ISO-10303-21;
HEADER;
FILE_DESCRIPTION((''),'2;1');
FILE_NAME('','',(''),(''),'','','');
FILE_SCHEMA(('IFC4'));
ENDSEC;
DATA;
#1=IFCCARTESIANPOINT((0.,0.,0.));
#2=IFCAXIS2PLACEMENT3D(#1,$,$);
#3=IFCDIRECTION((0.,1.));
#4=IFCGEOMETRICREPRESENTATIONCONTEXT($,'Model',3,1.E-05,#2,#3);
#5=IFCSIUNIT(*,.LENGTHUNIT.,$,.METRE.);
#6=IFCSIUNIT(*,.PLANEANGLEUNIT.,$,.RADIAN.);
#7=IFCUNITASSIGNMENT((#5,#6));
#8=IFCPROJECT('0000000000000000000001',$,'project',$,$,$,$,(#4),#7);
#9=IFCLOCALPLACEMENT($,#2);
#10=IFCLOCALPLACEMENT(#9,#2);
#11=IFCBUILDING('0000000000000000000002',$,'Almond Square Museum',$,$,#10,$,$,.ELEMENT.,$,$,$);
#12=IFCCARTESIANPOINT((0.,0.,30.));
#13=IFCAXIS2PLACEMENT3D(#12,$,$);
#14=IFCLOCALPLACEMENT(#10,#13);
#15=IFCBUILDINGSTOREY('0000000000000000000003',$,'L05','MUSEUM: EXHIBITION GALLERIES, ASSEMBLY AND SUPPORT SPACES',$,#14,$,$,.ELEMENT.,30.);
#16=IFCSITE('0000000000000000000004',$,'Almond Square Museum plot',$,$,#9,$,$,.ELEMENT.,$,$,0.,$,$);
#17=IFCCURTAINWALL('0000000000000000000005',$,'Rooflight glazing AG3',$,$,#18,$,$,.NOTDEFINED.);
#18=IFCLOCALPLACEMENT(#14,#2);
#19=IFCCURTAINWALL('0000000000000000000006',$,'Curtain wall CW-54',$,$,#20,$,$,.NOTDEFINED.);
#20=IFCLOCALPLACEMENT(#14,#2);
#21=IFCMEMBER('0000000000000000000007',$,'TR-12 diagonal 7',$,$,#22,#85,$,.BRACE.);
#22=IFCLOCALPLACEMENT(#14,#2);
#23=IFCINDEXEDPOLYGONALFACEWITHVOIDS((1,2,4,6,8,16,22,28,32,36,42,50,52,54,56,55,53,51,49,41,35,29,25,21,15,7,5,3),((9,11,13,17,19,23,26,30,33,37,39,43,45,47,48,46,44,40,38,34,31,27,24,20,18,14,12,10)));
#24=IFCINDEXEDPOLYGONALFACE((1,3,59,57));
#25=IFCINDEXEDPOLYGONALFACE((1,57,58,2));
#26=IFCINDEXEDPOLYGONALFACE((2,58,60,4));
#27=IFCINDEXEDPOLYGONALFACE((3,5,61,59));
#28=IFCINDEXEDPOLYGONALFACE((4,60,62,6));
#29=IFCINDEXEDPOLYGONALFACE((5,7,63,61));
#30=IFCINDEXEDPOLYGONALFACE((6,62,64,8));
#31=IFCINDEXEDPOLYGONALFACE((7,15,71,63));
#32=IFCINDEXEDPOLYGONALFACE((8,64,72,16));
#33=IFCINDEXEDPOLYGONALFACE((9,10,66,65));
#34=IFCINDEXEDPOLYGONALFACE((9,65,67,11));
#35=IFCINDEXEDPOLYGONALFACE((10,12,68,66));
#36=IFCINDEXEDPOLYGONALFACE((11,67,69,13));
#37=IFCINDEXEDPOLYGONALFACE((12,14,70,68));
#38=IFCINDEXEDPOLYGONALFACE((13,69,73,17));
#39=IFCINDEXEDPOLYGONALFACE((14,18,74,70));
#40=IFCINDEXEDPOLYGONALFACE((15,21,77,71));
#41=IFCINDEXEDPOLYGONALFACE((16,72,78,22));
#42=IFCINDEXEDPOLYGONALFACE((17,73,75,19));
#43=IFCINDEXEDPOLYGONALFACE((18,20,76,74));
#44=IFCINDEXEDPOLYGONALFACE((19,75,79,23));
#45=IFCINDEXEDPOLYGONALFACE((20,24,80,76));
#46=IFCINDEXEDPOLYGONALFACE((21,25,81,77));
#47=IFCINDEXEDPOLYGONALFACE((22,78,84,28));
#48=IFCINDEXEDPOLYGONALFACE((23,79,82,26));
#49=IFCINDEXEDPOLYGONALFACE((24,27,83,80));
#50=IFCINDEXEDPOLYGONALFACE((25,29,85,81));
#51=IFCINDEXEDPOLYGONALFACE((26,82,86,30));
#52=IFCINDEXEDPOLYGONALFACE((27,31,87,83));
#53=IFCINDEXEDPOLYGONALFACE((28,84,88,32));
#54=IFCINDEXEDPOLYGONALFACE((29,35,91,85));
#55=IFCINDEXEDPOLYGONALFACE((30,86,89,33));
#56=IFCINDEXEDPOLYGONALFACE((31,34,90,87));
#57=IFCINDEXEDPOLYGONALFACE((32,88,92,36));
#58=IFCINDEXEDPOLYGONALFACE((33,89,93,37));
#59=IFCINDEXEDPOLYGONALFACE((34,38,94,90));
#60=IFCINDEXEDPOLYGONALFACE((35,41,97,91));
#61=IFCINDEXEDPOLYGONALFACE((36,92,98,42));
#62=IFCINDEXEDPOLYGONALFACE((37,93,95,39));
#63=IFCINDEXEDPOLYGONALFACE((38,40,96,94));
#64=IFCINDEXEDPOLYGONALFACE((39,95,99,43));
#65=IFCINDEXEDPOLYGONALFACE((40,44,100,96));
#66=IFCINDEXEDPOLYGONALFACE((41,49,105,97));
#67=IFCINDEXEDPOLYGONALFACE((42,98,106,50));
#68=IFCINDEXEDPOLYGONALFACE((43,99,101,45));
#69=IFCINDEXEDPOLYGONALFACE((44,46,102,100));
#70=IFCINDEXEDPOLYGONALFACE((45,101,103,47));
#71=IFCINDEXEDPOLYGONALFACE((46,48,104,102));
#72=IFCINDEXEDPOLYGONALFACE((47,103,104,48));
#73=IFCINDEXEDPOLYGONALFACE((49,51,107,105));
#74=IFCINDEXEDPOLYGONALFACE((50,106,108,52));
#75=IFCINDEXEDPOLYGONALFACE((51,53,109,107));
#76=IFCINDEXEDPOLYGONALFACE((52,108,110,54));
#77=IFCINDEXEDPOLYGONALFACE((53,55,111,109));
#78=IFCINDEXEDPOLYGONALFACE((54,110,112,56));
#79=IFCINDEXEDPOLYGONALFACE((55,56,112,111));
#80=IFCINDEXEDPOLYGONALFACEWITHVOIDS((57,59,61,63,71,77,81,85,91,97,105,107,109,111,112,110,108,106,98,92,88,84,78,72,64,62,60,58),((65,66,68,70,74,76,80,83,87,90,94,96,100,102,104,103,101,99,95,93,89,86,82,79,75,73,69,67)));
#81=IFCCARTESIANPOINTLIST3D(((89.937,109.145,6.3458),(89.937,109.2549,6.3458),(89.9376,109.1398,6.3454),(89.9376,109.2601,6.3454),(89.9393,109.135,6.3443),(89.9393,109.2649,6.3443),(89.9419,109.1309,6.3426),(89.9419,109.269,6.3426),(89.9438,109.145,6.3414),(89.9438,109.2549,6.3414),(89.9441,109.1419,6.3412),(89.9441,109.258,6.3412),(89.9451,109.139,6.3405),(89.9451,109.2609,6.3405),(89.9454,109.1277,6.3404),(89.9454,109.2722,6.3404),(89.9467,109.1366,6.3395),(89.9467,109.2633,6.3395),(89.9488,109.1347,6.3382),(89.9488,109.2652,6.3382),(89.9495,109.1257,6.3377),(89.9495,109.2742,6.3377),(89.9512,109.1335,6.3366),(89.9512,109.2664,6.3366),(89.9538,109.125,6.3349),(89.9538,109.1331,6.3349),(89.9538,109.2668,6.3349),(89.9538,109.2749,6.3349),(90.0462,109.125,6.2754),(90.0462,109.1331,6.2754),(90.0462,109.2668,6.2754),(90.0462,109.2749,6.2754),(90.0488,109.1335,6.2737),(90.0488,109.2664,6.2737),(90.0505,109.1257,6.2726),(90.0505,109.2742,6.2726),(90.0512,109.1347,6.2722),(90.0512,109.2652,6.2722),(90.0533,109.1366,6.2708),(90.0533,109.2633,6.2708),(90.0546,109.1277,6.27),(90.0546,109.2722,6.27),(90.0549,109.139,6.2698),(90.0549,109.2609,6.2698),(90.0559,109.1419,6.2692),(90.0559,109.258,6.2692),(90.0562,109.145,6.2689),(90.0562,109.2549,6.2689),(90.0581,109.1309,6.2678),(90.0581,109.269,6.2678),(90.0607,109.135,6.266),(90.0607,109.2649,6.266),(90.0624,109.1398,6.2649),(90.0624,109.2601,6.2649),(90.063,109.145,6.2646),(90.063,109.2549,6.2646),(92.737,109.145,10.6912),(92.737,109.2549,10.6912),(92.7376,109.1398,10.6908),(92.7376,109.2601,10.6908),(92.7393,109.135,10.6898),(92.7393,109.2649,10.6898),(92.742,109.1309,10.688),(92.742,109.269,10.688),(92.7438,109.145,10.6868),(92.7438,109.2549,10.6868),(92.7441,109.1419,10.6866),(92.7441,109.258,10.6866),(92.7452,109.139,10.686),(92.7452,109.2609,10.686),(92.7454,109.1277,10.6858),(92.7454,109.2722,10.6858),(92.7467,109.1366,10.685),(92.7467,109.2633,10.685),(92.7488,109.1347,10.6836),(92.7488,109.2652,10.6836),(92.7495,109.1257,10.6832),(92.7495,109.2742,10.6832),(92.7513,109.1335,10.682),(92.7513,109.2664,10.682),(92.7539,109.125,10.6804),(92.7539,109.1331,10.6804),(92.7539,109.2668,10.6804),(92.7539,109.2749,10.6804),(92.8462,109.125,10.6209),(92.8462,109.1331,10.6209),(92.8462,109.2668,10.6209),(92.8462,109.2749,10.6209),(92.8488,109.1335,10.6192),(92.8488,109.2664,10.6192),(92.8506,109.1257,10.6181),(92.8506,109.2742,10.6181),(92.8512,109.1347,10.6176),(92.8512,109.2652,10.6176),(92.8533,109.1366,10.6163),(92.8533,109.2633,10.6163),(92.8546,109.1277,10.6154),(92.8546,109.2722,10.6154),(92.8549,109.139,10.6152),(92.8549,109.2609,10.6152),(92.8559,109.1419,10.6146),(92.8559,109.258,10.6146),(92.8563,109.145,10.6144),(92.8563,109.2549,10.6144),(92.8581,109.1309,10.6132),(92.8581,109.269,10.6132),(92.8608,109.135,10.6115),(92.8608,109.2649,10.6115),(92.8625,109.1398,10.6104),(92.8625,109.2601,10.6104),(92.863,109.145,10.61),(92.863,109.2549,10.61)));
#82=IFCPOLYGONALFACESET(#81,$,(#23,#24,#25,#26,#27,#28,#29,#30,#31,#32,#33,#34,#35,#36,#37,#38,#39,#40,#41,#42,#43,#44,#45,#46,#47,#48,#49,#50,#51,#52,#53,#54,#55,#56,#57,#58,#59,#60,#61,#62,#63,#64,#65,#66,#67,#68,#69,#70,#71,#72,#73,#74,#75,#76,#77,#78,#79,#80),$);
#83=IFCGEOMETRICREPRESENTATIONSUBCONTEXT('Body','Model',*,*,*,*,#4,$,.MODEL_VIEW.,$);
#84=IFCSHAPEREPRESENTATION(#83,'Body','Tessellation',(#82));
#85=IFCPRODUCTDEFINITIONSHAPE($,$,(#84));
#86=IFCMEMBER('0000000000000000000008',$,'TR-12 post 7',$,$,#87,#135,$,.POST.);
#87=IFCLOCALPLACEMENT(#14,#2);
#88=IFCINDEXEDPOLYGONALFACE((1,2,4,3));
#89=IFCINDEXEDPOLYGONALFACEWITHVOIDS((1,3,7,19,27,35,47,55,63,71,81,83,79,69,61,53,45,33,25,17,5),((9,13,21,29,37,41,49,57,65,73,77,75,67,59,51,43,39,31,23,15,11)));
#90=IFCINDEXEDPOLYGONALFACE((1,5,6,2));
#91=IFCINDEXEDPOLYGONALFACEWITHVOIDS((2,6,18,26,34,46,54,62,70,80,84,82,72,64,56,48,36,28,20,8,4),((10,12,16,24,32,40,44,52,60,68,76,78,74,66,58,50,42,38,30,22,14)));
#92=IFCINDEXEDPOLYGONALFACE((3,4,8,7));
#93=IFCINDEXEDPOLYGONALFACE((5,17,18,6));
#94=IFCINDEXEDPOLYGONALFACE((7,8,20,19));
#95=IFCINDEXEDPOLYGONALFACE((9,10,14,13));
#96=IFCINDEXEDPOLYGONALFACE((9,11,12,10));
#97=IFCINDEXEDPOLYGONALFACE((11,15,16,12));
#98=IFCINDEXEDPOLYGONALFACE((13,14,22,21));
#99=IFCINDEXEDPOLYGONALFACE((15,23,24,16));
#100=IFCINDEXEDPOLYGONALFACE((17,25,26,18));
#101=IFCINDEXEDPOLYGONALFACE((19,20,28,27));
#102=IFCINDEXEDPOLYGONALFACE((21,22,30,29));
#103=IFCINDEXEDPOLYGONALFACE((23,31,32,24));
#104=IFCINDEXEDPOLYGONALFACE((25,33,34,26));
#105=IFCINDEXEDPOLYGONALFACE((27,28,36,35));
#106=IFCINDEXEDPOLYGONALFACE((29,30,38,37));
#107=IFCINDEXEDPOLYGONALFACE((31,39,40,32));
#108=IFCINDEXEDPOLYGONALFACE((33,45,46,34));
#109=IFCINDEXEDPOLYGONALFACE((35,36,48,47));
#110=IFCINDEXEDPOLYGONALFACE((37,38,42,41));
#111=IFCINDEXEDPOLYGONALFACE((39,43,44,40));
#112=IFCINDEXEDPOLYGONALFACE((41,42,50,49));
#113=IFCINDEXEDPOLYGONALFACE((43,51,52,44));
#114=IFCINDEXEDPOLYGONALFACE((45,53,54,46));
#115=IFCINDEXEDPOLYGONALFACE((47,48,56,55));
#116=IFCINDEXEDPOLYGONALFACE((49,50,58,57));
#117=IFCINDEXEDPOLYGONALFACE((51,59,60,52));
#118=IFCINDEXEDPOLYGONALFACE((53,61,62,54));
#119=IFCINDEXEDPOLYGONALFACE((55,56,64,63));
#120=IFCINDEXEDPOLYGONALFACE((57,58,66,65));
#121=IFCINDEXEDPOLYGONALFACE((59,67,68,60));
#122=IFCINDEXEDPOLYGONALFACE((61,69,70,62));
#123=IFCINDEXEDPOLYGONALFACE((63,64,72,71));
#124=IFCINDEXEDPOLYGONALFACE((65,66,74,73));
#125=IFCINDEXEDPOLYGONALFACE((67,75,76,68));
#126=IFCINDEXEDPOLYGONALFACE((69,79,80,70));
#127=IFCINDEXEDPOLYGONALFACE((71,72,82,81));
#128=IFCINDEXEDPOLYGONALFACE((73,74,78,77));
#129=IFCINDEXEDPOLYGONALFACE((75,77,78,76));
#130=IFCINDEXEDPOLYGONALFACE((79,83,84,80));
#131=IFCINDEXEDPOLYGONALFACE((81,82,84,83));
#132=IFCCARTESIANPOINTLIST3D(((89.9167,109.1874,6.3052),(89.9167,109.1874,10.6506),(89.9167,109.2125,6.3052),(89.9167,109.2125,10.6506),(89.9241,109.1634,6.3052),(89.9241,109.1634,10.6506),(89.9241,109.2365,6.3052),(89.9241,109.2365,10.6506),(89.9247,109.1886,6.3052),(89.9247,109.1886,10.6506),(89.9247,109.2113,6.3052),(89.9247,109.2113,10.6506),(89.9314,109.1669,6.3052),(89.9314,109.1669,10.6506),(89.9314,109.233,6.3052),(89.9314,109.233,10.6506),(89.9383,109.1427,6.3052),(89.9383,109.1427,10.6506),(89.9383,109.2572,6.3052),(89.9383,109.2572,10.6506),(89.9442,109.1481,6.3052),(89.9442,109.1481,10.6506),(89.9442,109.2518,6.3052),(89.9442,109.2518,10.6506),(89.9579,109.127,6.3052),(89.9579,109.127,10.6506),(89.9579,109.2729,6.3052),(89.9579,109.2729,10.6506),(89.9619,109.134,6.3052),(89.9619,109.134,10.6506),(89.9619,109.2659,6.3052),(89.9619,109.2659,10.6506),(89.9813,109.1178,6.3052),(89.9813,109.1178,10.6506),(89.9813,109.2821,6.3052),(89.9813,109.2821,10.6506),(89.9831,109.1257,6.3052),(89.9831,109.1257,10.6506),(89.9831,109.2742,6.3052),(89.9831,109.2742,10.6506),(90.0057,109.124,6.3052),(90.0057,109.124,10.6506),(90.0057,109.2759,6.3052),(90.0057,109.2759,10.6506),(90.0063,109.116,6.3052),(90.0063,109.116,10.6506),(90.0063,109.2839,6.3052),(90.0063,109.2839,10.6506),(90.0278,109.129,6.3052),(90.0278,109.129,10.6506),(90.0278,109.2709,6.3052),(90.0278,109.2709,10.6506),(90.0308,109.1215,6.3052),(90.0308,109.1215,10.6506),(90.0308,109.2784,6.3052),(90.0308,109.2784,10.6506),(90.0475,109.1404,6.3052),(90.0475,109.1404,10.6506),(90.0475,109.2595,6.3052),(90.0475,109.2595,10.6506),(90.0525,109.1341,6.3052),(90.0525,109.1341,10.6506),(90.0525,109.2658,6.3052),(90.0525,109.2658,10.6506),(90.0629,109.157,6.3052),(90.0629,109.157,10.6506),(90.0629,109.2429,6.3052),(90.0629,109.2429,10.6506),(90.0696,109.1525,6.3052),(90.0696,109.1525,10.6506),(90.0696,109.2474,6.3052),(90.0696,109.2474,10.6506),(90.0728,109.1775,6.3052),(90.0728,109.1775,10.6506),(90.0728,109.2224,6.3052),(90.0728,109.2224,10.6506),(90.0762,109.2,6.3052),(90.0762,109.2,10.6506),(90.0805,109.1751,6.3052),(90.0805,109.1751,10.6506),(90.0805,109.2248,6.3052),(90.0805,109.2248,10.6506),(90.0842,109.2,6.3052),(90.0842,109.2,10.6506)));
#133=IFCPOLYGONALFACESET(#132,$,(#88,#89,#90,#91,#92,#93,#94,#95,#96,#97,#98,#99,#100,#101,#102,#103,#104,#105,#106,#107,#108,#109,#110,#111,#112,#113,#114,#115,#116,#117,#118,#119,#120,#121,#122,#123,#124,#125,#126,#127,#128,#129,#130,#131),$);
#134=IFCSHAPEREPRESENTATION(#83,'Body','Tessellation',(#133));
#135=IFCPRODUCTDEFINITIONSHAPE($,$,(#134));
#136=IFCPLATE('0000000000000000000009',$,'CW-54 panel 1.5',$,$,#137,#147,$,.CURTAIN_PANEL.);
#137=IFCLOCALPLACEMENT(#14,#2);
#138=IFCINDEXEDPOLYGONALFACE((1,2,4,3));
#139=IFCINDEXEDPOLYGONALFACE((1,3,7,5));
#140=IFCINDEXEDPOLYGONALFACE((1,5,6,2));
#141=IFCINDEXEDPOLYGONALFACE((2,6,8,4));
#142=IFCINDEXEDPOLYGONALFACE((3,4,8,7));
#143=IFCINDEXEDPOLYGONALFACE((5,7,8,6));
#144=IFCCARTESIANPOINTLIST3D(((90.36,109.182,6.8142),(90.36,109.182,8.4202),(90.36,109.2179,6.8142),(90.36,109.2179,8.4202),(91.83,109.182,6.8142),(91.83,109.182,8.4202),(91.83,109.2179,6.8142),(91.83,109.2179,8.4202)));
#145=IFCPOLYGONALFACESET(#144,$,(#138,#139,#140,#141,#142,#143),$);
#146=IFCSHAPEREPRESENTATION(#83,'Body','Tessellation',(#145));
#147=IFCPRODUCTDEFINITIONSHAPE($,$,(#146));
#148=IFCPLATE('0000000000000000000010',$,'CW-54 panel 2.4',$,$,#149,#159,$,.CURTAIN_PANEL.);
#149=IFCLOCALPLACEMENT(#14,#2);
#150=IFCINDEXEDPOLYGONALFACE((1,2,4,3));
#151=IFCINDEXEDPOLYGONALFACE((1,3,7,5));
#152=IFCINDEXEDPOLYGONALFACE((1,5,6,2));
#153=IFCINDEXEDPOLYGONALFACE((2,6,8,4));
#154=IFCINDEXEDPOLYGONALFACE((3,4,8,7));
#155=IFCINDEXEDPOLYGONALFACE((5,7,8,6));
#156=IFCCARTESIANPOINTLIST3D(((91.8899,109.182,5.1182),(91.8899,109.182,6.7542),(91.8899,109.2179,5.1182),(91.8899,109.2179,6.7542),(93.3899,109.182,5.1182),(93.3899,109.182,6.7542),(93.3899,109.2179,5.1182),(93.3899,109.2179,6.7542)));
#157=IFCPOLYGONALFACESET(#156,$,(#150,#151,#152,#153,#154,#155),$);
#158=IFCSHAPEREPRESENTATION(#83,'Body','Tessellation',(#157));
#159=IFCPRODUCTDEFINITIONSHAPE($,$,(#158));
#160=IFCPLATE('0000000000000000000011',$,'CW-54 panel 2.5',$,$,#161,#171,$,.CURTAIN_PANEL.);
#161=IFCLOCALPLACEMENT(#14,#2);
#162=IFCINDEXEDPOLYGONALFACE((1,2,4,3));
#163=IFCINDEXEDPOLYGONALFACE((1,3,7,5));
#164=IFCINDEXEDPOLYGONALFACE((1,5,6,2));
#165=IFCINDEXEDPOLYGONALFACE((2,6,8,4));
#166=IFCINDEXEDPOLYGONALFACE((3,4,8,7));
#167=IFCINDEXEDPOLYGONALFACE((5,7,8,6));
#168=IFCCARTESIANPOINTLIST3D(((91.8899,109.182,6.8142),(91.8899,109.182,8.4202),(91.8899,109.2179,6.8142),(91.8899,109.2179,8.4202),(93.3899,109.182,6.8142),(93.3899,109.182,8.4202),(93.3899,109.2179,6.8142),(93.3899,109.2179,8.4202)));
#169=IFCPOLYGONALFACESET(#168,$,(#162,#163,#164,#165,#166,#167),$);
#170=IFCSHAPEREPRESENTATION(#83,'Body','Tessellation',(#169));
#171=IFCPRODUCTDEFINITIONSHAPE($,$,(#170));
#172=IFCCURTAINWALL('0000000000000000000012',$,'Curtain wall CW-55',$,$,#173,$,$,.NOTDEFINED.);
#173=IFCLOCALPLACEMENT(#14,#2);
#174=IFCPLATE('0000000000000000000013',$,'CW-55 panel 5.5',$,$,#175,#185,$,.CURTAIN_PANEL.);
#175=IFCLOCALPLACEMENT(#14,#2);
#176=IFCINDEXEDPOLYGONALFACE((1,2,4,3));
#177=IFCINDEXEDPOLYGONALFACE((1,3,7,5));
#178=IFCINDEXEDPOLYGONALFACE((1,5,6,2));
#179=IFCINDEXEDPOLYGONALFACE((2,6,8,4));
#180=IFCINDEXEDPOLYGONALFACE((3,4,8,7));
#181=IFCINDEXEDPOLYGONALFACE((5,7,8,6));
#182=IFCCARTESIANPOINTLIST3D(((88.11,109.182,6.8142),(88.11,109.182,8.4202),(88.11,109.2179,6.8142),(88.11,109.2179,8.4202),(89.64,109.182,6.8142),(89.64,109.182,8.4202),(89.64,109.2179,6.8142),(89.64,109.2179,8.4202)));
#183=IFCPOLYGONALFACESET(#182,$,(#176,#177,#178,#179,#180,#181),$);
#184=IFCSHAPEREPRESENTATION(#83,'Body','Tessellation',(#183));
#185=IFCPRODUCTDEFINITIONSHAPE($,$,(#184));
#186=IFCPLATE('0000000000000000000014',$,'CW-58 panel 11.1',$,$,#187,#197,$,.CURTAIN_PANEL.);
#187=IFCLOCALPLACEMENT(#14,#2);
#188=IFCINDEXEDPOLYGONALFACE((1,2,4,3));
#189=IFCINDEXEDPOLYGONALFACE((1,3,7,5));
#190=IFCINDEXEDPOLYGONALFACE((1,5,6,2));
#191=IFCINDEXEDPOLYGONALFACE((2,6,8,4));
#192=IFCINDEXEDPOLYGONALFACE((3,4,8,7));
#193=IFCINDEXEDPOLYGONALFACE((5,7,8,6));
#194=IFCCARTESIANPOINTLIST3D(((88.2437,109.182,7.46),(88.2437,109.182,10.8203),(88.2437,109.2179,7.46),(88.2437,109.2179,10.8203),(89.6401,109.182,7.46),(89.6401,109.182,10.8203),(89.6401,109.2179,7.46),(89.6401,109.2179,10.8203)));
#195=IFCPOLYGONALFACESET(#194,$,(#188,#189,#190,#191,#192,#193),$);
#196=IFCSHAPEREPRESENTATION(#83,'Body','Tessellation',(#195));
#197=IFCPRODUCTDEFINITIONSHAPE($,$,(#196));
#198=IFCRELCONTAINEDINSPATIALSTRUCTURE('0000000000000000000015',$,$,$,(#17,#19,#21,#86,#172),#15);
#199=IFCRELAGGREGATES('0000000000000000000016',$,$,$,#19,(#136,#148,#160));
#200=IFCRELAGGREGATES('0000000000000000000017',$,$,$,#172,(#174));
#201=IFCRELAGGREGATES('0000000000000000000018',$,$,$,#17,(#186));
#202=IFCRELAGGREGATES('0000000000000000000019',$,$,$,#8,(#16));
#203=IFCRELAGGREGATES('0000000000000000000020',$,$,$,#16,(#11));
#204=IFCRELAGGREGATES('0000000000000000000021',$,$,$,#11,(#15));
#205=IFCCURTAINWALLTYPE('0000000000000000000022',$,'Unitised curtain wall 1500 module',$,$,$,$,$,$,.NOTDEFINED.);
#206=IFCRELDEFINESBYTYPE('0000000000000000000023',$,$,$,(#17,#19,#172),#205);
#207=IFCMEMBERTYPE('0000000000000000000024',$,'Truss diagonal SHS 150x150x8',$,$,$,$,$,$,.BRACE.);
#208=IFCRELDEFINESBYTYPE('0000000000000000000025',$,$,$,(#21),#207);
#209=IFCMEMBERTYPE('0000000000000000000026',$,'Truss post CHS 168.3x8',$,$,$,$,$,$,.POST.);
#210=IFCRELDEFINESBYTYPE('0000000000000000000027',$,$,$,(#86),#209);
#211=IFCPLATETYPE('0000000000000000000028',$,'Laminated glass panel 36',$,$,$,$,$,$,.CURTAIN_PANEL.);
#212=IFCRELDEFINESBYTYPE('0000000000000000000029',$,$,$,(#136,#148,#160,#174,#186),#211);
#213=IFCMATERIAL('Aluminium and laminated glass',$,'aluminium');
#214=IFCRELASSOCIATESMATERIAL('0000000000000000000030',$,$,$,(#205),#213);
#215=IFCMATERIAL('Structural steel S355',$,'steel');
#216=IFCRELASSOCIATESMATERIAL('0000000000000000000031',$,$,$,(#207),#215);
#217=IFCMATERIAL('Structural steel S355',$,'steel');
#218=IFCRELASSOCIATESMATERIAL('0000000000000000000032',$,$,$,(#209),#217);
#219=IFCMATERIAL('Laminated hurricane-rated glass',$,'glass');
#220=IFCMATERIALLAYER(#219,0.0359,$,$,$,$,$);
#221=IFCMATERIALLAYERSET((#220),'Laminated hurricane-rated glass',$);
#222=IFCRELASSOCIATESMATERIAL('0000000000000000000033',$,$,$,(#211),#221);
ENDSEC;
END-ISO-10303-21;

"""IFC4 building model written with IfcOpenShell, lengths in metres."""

from ifc_helpers import new_model, si_unit, direction, frame, origin, origin_2d, place, context, subcontext, project, spatial, rectangle, hollow_rectangle, hollow_circle, extrude, material, layer, layer_set, material_profile, profile_set, type_object, element, aggregate, save


model = new_model("IFC4")

# Units and contexts
model_context = context("Model", 3, precision=1e-05, world=origin(), true_north=direction((0.0, 1.0)))
body_context = subcontext(model_context, "Body", "Model", "MODEL_VIEW")
ifc_project = project(units=[si_unit("LENGTHUNIT", "METRE"), si_unit("PLANEANGLEUNIT", "RADIAN")], contexts=[model_context])

# Site, building, storey
site_placement = place(None, origin())
site = spatial("IfcSite", under=ifc_project, at=site_placement, Name="Almond Square Museum plot", CompositionType="ELEMENT", RefElevation=0.0)
building_placement = place(site_placement, origin())
building = spatial("IfcBuilding", under=site, at=building_placement, Name="Almond Square Museum", CompositionType="ELEMENT")
storey_placement = place(building_placement, frame((0.0, 0.0, 30.0)))
storey = spatial("IfcBuildingStorey", under=building, at=storey_placement, Name="L05", Description="MUSEUM: EXHIBITION GALLERIES, ASSEMBLY AND SUPPORT SPACES", CompositionType="ELEMENT", Elevation=30.0)

# Curtain wall
ifc_material_1 = material(Name="Aluminium and laminated glass", Category="aluminium")
curtain_wall_type = type_object("IfcCurtainWallType", Name="Unitised curtain wall 1500 module", PredefinedType="NOTDEFINED", material=ifc_material_1)
curtain_wall_1_placement = place(storey_placement, origin())
curtain_wall_1 = element("IfcCurtainWall", 1, at=curtain_wall_1_placement, inside=storey, type_object=curtain_wall_type, Name="Rooflight glazing AG3", PredefinedType="NOTDEFINED")

# Curtain wall
curtain_wall_2_placement = place(storey_placement, origin())
curtain_wall_2 = element("IfcCurtainWall", 2, at=curtain_wall_2_placement, inside=storey, type_object=curtain_wall_type, Name="Curtain wall CW-54", PredefinedType="NOTDEFINED")

# Members
ifc_material_2 = material(Name="Structural steel S355", Category="steel")
ifc_material_profile_1 = material_profile(ifc_material_2, hollow_rectangle(XDim=0.1499, YDim=0.1499, WallThickness=0.0081, InnerFilletRadius=0.012, OuterFilletRadius=0.02, at=origin_2d()))
ifc_profile_set_1 = profile_set([ifc_material_profile_1], Name="Structural steel S355")
member_type_1 = type_object("IfcMemberType", Name="Truss diagonal SHS 150x150x8", PredefinedType="BRACE", material=ifc_profile_set_1)
member_1_placement = place(storey_placement, frame((90.0, 109.2, 6.3052), z_axis=(0.541652, 0.0, 0.840603), x_axis=(0.0, 1.0, 0.0)))
element("IfcMember", 3, at=member_1_placement, inside=storey, type_object=member_type_1, Name="TR-12 diagonal 7", PredefinedType="BRACE", context=body_context, shape_type="SweptSolid", body=[
    extrude(hollow_rectangle(XDim=0.1499, YDim=0.1499, WallThickness=0.0081, InnerFilletRadius=0.012, OuterFilletRadius=0.02, at=origin_2d()), origin(), (0.0, 0.0, 1.0), 5.1694),
])
ifc_material_3 = material(Name="Structural steel S355", Category="steel")
ifc_material_profile_2 = material_profile(ifc_material_3, hollow_circle(Radius=0.0842, WallThickness=0.0081, at=origin_2d()))
ifc_profile_set_2 = profile_set([ifc_material_profile_2], Name="Structural steel S355")
member_type_2 = type_object("IfcMemberType", Name="Truss post CHS 168.3x8", PredefinedType="POST", material=ifc_profile_set_2)
member_2_placement = place(storey_placement, frame((90.0, 109.2, 6.3052), z_axis=(0.0, 0.0, 1.0), x_axis=(1.0, 0.0, 0.0)))
element("IfcMember", 4, at=member_2_placement, inside=storey, type_object=member_type_2, Name="TR-12 post 7", PredefinedType="POST", context=body_context, shape_type="SweptSolid", body=[
    extrude(hollow_circle(Radius=0.0842, WallThickness=0.0081, at=origin_2d()), origin(), (0.0, 0.0, 1.0), 4.3455),
])

# Plates
ifc_material_4 = material(Name="Laminated hurricane-rated glass", Category="glass")
ifc_layer = layer(ifc_material_4, 0.0359)
ifc_layer_set = layer_set([ifc_layer], Name="Laminated hurricane-rated glass")
plate_type = type_object("IfcPlateType", Name="Laminated glass panel 36", PredefinedType="CURTAIN_PANEL", material=ifc_layer_set)
plate_1_placement = place(storey_placement, frame((91.095, 109.2, 6.8142), z_axis=(0.0, 0.0, 1.0), x_axis=(1.0, 0.0, 0.0)))
plate_1 = element("IfcPlate", 5, at=plate_1_placement, type_object=plate_type, Name="CW-54 panel 1.5", PredefinedType="CURTAIN_PANEL", context=body_context, shape_type="SweptSolid", body=[
    extrude(rectangle(XDim=1.47, YDim=0.0359, at=origin_2d()), origin(), (0.0, 0.0, 1.0), 1.606),
])
plate_2_placement = place(storey_placement, frame((92.6399, 109.2, 5.1182), z_axis=(0.0, 0.0, 1.0), x_axis=(1.0, 0.0, 0.0)))
plate_2 = element("IfcPlate", 6, at=plate_2_placement, type_object=plate_type, Name="CW-54 panel 2.4", PredefinedType="CURTAIN_PANEL", context=body_context, shape_type="SweptSolid", body=[
    extrude(rectangle(XDim=1.5, YDim=0.0359, at=origin_2d()), origin(), (0.0, 0.0, 1.0), 1.636),
])
plate_3_placement = place(storey_placement, frame((92.6399, 109.2, 6.8142), z_axis=(0.0, 0.0, 1.0), x_axis=(1.0, 0.0, 0.0)))
plate_3 = element("IfcPlate", 7, at=plate_3_placement, type_object=plate_type, Name="CW-54 panel 2.5", PredefinedType="CURTAIN_PANEL", context=body_context, shape_type="SweptSolid", body=[
    extrude(rectangle(XDim=1.5, YDim=0.0359, at=origin_2d()), origin(), (0.0, 0.0, 1.0), 1.606),
])
aggregate(curtain_wall_2, [plate_1, plate_2, plate_3])

# Curtain wall, plate
curtain_wall_3_placement = place(storey_placement, origin())
curtain_wall_3 = element("IfcCurtainWall", 8, at=curtain_wall_3_placement, inside=storey, type_object=curtain_wall_type, Name="Curtain wall CW-55", PredefinedType="NOTDEFINED")
plate_4_placement = place(storey_placement, frame((88.875, 109.2, 6.8142), z_axis=(0.0, 0.0, 1.0), x_axis=(1.0, 0.0, 0.0)))
plate_4 = element("IfcPlate", 9, at=plate_4_placement, type_object=plate_type, Name="CW-55 panel 5.5", PredefinedType="CURTAIN_PANEL", context=body_context, shape_type="SweptSolid", body=[
    extrude(rectangle(XDim=1.53, YDim=0.0359, at=origin_2d()), origin(), (0.0, 0.0, 1.0), 1.606),
])
aggregate(curtain_wall_3, [plate_4])

# Plate
plate_5_placement = place(storey_placement, frame((88.9419, 109.2, 7.46), z_axis=(0.0, 0.0, 1.0), x_axis=(1.0, 0.0, 0.0)))
plate_5 = element("IfcPlate", 10, at=plate_5_placement, type_object=plate_type, Name="CW-58 panel 11.1", PredefinedType="CURTAIN_PANEL", context=body_context, shape_type="SweptSolid", body=[
    extrude(rectangle(XDim=1.3965, YDim=0.0359, at=origin_2d()), origin(), (0.0, 0.0, 1.0), 3.3604),
])
aggregate(curtain_wall_1, [plate_5])

save(model, "model.ifc")
